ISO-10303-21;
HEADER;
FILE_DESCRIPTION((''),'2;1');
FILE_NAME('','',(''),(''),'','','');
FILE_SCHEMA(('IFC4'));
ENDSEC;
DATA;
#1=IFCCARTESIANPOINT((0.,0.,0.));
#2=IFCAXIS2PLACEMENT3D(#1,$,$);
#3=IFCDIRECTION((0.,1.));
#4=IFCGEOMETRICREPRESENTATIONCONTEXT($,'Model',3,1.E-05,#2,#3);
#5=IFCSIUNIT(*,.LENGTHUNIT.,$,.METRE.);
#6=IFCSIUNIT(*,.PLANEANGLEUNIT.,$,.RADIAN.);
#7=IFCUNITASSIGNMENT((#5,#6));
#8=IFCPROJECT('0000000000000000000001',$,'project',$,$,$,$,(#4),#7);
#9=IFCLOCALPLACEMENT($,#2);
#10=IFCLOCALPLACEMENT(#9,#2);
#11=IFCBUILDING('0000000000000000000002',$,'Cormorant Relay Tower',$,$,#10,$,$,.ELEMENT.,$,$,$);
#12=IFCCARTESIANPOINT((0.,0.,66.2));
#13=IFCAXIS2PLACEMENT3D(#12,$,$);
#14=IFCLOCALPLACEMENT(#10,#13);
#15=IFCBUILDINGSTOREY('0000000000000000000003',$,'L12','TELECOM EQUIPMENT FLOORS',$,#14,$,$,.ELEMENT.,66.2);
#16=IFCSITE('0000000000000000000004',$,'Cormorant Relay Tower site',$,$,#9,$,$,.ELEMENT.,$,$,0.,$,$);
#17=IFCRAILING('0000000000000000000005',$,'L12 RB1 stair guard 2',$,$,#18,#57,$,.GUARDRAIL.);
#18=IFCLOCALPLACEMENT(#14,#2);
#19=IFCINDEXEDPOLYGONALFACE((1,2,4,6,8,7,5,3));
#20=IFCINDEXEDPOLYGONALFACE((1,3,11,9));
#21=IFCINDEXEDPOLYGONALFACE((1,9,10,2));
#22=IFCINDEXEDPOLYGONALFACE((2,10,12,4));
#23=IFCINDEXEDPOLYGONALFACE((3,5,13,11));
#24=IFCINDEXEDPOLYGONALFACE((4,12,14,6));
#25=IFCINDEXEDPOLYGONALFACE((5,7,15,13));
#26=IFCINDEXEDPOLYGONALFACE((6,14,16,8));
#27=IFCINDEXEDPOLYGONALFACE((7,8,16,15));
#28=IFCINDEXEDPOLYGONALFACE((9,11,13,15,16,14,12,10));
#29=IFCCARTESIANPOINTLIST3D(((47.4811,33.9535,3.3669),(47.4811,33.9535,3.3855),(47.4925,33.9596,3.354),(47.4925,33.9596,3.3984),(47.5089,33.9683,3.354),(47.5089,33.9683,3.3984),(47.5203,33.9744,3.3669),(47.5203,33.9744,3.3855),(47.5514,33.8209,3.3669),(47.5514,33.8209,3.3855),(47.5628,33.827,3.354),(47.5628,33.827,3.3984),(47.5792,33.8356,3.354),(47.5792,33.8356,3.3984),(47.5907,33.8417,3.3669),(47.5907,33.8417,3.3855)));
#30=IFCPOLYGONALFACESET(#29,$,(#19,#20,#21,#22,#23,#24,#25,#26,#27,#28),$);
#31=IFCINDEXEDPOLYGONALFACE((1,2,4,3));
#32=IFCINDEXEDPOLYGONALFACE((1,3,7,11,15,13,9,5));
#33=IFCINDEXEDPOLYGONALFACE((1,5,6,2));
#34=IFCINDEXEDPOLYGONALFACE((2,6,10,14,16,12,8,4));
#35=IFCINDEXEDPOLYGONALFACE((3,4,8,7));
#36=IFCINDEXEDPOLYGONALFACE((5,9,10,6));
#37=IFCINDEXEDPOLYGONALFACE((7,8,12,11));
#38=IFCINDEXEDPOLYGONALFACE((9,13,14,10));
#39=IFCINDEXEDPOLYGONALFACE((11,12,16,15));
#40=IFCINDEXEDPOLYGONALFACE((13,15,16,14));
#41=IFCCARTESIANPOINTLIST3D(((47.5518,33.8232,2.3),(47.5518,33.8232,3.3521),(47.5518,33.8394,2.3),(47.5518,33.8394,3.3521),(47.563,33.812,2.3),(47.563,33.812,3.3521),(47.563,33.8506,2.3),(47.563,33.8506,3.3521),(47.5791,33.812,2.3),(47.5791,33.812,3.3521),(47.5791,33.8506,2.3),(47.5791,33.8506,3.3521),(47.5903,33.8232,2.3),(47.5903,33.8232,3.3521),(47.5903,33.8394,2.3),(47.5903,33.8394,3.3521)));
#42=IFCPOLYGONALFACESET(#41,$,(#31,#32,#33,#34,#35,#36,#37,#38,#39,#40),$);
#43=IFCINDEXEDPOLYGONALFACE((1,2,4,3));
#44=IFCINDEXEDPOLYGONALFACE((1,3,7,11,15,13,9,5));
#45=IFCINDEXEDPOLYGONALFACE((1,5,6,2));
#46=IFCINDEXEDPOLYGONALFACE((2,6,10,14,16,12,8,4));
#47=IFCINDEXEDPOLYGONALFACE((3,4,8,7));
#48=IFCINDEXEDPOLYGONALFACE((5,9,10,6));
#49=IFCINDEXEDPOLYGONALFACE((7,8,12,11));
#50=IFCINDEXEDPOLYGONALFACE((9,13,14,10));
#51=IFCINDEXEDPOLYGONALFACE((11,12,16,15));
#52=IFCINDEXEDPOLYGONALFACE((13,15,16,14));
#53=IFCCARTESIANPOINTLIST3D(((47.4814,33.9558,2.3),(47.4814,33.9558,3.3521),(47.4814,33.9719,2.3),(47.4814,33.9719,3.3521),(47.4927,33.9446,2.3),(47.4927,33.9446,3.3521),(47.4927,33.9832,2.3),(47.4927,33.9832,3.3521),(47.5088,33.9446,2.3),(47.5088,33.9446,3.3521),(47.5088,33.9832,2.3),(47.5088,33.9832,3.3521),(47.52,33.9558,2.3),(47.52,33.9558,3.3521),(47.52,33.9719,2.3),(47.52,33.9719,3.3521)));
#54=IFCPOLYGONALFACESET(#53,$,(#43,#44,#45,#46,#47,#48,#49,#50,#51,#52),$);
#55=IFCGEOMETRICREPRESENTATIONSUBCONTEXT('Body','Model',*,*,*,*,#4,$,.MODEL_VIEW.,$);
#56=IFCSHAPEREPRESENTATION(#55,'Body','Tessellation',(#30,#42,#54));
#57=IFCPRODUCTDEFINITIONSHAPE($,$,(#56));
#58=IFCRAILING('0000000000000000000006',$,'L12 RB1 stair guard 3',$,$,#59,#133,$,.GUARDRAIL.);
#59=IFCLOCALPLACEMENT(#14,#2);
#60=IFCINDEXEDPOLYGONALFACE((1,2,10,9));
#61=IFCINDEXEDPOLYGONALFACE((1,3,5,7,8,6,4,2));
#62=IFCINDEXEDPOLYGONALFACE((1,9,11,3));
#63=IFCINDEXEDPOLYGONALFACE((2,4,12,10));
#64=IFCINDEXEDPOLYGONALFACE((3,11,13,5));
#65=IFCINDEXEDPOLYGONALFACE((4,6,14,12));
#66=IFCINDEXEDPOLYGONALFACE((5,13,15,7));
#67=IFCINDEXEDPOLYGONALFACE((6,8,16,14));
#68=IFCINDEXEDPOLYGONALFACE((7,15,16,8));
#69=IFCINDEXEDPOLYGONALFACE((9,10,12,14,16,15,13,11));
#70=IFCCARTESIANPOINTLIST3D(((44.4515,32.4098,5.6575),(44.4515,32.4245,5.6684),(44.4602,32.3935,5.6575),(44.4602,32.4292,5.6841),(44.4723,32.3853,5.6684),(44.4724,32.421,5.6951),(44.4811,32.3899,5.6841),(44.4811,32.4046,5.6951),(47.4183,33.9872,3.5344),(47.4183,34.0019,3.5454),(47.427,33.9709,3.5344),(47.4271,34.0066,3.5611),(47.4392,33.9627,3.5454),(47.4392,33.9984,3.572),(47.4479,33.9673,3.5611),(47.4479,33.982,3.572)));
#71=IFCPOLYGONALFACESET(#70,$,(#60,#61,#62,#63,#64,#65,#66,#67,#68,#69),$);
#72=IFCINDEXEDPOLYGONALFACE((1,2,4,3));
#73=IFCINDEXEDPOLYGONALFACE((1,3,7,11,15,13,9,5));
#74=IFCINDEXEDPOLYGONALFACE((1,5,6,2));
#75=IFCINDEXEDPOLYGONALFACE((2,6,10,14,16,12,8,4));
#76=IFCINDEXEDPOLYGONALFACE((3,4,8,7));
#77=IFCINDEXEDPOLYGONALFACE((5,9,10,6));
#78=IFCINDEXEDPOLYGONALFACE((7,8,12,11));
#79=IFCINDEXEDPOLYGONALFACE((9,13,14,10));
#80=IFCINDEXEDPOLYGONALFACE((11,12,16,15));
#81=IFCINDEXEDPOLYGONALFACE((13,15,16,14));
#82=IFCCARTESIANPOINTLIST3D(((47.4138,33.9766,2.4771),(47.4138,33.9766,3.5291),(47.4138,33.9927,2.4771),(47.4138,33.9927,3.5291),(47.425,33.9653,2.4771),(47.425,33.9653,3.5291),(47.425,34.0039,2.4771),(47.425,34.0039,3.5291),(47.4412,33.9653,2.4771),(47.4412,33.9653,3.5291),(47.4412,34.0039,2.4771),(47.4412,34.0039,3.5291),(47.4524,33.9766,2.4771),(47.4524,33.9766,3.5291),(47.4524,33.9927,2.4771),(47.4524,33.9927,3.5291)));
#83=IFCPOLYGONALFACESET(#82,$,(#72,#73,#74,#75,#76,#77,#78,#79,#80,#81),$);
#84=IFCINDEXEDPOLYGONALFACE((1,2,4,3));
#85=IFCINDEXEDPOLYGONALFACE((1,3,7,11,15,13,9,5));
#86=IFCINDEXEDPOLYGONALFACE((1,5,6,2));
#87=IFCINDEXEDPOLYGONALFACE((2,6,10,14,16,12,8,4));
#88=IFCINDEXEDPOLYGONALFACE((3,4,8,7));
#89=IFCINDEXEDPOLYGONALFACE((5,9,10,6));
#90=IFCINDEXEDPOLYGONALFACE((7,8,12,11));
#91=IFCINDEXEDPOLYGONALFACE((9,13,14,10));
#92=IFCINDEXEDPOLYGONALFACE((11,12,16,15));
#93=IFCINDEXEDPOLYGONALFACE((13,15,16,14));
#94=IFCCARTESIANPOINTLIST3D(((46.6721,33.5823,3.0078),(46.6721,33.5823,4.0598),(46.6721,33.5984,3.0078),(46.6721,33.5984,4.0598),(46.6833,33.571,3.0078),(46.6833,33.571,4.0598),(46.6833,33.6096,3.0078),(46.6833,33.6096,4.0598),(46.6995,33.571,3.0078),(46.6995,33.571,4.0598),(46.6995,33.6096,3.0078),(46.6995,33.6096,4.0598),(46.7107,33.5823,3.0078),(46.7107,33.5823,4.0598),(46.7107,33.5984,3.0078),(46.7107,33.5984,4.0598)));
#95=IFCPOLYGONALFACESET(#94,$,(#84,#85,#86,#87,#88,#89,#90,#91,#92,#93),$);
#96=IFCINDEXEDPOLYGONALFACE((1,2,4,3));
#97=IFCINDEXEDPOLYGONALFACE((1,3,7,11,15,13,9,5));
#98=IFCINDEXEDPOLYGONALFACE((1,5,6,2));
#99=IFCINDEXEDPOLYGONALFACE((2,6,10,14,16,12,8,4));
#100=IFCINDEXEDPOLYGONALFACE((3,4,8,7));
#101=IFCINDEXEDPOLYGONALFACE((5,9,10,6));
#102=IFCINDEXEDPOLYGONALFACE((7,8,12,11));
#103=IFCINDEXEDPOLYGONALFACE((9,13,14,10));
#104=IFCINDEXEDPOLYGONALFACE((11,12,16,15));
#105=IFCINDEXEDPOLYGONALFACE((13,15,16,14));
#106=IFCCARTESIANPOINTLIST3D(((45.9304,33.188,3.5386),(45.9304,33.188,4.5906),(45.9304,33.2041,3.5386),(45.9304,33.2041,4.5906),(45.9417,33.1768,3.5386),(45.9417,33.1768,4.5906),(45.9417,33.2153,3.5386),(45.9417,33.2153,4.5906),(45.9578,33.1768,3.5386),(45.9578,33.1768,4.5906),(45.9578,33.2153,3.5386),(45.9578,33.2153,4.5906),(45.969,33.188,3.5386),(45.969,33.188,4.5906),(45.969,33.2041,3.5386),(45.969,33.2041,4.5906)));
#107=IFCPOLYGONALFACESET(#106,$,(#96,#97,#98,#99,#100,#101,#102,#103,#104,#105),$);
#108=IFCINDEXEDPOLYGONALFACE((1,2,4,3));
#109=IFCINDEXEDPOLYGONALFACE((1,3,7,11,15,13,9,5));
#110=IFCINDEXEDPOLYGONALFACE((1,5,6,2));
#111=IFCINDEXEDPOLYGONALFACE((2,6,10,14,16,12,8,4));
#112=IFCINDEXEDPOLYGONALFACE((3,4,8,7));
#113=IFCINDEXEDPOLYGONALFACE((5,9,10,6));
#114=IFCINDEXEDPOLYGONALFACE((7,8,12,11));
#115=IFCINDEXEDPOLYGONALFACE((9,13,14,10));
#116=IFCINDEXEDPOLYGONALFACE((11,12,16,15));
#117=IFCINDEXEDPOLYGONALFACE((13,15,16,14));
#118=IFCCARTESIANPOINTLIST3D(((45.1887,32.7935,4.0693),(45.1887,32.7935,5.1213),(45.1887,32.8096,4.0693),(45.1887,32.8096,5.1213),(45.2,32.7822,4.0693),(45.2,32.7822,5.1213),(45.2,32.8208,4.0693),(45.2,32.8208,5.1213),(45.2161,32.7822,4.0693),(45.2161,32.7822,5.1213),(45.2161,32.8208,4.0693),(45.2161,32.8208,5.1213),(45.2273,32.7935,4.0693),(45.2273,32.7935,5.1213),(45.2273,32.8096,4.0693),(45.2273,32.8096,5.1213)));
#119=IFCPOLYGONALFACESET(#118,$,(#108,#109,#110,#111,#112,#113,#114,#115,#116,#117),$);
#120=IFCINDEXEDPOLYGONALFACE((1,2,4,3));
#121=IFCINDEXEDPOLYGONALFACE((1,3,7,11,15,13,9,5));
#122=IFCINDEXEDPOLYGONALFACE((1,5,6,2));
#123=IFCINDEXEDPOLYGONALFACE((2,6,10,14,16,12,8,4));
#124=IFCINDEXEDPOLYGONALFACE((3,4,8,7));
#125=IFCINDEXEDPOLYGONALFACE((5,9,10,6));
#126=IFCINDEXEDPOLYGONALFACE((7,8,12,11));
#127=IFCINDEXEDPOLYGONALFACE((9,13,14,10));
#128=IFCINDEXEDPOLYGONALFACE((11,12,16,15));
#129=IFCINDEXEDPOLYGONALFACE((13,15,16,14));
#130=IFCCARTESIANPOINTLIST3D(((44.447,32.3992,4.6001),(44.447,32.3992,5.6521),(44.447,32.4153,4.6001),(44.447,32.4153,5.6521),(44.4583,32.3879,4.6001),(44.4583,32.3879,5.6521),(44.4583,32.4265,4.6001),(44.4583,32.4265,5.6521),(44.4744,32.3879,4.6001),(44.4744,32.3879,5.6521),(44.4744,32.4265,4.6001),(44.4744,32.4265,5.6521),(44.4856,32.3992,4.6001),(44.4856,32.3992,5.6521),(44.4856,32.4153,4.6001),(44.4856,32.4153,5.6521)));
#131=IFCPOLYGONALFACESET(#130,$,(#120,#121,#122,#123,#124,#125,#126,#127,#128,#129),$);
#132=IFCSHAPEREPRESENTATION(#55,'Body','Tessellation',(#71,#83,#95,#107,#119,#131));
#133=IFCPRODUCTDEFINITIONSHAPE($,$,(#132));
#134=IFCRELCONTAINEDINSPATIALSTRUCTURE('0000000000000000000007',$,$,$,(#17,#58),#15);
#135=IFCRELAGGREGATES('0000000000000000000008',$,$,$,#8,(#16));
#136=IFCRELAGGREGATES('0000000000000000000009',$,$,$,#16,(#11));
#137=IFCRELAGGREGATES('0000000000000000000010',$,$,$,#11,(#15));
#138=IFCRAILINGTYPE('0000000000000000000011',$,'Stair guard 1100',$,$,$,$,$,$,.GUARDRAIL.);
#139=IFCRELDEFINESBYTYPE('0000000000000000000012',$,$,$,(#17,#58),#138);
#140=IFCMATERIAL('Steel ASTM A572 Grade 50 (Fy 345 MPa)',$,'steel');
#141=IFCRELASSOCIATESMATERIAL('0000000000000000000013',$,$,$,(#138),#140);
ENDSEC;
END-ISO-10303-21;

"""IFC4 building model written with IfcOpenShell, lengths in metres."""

from ifc_helpers import new_model, si_unit, direction, frame, origin, place, context, subcontext, project, spatial, polyline, outline, extrude, material, type_object, element, save


model = new_model("IFC4")

# Units and contexts
model_context = context("Model", 3, precision=1e-05, world=origin(), true_north=direction((0.0, 1.0)))
body_context = subcontext(model_context, "Body", "Model", "MODEL_VIEW")
ifc_project = project(units=[si_unit("LENGTHUNIT", "METRE"), si_unit("PLANEANGLEUNIT", "RADIAN")], contexts=[model_context])

# Site, building, storey
site_placement = place(None, origin())
site = spatial("IfcSite", under=ifc_project, at=site_placement, Name="Cormorant Relay Tower site", CompositionType="ELEMENT", RefElevation=0.0)
building_placement = place(site_placement, origin())
building = spatial("IfcBuilding", under=site, at=building_placement, Name="Cormorant Relay Tower", CompositionType="ELEMENT")
storey_placement = place(building_placement, frame((0.0, 0.0, 66.2)))
storey = spatial("IfcBuildingStorey", under=building, at=storey_placement, Name="L12", Description="TELECOM EQUIPMENT FLOORS", CompositionType="ELEMENT", Elevation=66.2)

# Railings
ifc_material_1 = material(Name="Steel ASTM A572 Grade 50 (Fy 345 MPa)", Category="steel")
railing_type_1 = type_object("IfcRailingType", Name="Stair guard 1100", PredefinedType="GUARDRAIL", material=ifc_material_1)
railing_1_placement = place(storey_placement, frame((47.571, 33.8313, 2.3)))
element("IfcRailing", 1, at=railing_1_placement, inside=storey, type_object=railing_type_1, Name="L12 RB1 stair guard 2", PredefinedType="GUARDRAIL", context=body_context, shape_type="SweptSolid", body=[
    extrude(outline(polyline([(0.0222, 0.0093), (0.0093, 0.0222), (-0.0093, 0.0222), (-0.0222, 0.0093), (-0.0222, -0.0093), (-0.0093, -0.0222), (0.0093, -0.0222), (0.0222, -0.0093), (0.0222, 0.0093)])), frame((0.0, 0.0, 1.0762), z_axis=(-0.46856, 0.883431, 0.0), x_axis=(-0.883431, -0.46856, 0.0)), (0.0, 0.0, 1.0), 0.1501),
    extrude(outline(polyline([(0.0193, 0.0081), (0.0081, 0.0193), (-0.0081, 0.0193), (-0.0193, 0.0081), (-0.0193, -0.0081), (-0.0081, -0.0193), (0.0081, -0.0193), (0.0193, -0.0081), (0.0193, 0.0081)])), origin(), (0.0, 0.0, 1.0), 1.052),
    extrude(outline(polyline([(0.0193, 0.0081), (0.0081, 0.0193), (-0.0081, 0.0193), (-0.0193, 0.0081), (-0.0193, -0.0081), (-0.0081, -0.0193), (0.0081, -0.0193), (0.0193, -0.0081), (0.0193, 0.0081)])), frame((-0.0703, 0.1326, 0.0)), (0.0, 0.0, 1.0), 1.052),
])
railing_2_placement = place(storey_placement, frame((47.4331, 33.9846, 2.4771)))
element("IfcRailing", 2, at=railing_2_placement, inside=storey, type_object=railing_type_1, Name="L12 RB1 stair guard 3", PredefinedType="GUARDRAIL", context=body_context, shape_type="SweptSolid", body=[
    extrude(outline(polyline([(0.0222, 0.0093), (0.0093, 0.0222), (-0.0093, 0.0222), (-0.0222, 0.0093), (-0.0222, -0.0093), (-0.0093, -0.0222), (0.0093, -0.0222), (0.0222, -0.0093), (0.0222, 0.0093)])), frame((0.0, 0.0, 1.0762), z_axis=(-0.746441, -0.396869, 0.534155), x_axis=(0.469453, -0.882958, 0.0)), (0.0, 0.0, 1.0), 3.9746),
    extrude(outline(polyline([(0.0193, 0.0081), (0.0081, 0.0193), (-0.0081, 0.0193), (-0.0193, 0.0081), (-0.0193, -0.0081), (-0.0081, -0.0193), (0.0081, -0.0193), (0.0193, -0.0081), (0.0193, 0.0081)])), origin(), (0.0, 0.0, 1.0), 1.052),
    extrude(outline(polyline([(0.0193, 0.0081), (0.0081, 0.0193), (-0.0081, 0.0193), (-0.0193, 0.0081), (-0.0193, -0.0081), (-0.0081, -0.0193), (0.0081, -0.0193), (0.0193, -0.0081), (0.0193, 0.0081)])), frame((-0.7417, -0.3943, 0.5308)), (0.0, 0.0, 1.0), 1.052),
    extrude(outline(polyline([(0.0193, 0.0081), (0.0081, 0.0193), (-0.0081, 0.0193), (-0.0193, 0.0081), (-0.0193, -0.0081), (-0.0081, -0.0193), (0.0081, -0.0193), (0.0193, -0.0081), (0.0193, 0.0081)])), frame((-1.4834, -0.7886, 1.0615)), (0.0, 0.0, 1.0), 1.052),
    extrude(outline(polyline([(0.0193, 0.0081), (0.0081, 0.0193), (-0.0081, 0.0193), (-0.0193, 0.0081), (-0.0193, -0.0081), (-0.0081, -0.0193), (0.0081, -0.0193), (0.0193, -0.0081), (0.0193, 0.0081)])), frame((-2.2251, -1.1831, 1.5923)), (0.0, 0.0, 1.0), 1.052),
    extrude(outline(polyline([(0.0193, 0.0081), (0.0081, 0.0193), (-0.0081, 0.0193), (-0.0193, 0.0081), (-0.0193, -0.0081), (-0.0081, -0.0193), (0.0081, -0.0193), (0.0193, -0.0081), (0.0193, 0.0081)])), frame((-2.9668, -1.5774, 2.123)), (0.0, 0.0, 1.0), 1.052),
])

save(model, "model.ifc")
